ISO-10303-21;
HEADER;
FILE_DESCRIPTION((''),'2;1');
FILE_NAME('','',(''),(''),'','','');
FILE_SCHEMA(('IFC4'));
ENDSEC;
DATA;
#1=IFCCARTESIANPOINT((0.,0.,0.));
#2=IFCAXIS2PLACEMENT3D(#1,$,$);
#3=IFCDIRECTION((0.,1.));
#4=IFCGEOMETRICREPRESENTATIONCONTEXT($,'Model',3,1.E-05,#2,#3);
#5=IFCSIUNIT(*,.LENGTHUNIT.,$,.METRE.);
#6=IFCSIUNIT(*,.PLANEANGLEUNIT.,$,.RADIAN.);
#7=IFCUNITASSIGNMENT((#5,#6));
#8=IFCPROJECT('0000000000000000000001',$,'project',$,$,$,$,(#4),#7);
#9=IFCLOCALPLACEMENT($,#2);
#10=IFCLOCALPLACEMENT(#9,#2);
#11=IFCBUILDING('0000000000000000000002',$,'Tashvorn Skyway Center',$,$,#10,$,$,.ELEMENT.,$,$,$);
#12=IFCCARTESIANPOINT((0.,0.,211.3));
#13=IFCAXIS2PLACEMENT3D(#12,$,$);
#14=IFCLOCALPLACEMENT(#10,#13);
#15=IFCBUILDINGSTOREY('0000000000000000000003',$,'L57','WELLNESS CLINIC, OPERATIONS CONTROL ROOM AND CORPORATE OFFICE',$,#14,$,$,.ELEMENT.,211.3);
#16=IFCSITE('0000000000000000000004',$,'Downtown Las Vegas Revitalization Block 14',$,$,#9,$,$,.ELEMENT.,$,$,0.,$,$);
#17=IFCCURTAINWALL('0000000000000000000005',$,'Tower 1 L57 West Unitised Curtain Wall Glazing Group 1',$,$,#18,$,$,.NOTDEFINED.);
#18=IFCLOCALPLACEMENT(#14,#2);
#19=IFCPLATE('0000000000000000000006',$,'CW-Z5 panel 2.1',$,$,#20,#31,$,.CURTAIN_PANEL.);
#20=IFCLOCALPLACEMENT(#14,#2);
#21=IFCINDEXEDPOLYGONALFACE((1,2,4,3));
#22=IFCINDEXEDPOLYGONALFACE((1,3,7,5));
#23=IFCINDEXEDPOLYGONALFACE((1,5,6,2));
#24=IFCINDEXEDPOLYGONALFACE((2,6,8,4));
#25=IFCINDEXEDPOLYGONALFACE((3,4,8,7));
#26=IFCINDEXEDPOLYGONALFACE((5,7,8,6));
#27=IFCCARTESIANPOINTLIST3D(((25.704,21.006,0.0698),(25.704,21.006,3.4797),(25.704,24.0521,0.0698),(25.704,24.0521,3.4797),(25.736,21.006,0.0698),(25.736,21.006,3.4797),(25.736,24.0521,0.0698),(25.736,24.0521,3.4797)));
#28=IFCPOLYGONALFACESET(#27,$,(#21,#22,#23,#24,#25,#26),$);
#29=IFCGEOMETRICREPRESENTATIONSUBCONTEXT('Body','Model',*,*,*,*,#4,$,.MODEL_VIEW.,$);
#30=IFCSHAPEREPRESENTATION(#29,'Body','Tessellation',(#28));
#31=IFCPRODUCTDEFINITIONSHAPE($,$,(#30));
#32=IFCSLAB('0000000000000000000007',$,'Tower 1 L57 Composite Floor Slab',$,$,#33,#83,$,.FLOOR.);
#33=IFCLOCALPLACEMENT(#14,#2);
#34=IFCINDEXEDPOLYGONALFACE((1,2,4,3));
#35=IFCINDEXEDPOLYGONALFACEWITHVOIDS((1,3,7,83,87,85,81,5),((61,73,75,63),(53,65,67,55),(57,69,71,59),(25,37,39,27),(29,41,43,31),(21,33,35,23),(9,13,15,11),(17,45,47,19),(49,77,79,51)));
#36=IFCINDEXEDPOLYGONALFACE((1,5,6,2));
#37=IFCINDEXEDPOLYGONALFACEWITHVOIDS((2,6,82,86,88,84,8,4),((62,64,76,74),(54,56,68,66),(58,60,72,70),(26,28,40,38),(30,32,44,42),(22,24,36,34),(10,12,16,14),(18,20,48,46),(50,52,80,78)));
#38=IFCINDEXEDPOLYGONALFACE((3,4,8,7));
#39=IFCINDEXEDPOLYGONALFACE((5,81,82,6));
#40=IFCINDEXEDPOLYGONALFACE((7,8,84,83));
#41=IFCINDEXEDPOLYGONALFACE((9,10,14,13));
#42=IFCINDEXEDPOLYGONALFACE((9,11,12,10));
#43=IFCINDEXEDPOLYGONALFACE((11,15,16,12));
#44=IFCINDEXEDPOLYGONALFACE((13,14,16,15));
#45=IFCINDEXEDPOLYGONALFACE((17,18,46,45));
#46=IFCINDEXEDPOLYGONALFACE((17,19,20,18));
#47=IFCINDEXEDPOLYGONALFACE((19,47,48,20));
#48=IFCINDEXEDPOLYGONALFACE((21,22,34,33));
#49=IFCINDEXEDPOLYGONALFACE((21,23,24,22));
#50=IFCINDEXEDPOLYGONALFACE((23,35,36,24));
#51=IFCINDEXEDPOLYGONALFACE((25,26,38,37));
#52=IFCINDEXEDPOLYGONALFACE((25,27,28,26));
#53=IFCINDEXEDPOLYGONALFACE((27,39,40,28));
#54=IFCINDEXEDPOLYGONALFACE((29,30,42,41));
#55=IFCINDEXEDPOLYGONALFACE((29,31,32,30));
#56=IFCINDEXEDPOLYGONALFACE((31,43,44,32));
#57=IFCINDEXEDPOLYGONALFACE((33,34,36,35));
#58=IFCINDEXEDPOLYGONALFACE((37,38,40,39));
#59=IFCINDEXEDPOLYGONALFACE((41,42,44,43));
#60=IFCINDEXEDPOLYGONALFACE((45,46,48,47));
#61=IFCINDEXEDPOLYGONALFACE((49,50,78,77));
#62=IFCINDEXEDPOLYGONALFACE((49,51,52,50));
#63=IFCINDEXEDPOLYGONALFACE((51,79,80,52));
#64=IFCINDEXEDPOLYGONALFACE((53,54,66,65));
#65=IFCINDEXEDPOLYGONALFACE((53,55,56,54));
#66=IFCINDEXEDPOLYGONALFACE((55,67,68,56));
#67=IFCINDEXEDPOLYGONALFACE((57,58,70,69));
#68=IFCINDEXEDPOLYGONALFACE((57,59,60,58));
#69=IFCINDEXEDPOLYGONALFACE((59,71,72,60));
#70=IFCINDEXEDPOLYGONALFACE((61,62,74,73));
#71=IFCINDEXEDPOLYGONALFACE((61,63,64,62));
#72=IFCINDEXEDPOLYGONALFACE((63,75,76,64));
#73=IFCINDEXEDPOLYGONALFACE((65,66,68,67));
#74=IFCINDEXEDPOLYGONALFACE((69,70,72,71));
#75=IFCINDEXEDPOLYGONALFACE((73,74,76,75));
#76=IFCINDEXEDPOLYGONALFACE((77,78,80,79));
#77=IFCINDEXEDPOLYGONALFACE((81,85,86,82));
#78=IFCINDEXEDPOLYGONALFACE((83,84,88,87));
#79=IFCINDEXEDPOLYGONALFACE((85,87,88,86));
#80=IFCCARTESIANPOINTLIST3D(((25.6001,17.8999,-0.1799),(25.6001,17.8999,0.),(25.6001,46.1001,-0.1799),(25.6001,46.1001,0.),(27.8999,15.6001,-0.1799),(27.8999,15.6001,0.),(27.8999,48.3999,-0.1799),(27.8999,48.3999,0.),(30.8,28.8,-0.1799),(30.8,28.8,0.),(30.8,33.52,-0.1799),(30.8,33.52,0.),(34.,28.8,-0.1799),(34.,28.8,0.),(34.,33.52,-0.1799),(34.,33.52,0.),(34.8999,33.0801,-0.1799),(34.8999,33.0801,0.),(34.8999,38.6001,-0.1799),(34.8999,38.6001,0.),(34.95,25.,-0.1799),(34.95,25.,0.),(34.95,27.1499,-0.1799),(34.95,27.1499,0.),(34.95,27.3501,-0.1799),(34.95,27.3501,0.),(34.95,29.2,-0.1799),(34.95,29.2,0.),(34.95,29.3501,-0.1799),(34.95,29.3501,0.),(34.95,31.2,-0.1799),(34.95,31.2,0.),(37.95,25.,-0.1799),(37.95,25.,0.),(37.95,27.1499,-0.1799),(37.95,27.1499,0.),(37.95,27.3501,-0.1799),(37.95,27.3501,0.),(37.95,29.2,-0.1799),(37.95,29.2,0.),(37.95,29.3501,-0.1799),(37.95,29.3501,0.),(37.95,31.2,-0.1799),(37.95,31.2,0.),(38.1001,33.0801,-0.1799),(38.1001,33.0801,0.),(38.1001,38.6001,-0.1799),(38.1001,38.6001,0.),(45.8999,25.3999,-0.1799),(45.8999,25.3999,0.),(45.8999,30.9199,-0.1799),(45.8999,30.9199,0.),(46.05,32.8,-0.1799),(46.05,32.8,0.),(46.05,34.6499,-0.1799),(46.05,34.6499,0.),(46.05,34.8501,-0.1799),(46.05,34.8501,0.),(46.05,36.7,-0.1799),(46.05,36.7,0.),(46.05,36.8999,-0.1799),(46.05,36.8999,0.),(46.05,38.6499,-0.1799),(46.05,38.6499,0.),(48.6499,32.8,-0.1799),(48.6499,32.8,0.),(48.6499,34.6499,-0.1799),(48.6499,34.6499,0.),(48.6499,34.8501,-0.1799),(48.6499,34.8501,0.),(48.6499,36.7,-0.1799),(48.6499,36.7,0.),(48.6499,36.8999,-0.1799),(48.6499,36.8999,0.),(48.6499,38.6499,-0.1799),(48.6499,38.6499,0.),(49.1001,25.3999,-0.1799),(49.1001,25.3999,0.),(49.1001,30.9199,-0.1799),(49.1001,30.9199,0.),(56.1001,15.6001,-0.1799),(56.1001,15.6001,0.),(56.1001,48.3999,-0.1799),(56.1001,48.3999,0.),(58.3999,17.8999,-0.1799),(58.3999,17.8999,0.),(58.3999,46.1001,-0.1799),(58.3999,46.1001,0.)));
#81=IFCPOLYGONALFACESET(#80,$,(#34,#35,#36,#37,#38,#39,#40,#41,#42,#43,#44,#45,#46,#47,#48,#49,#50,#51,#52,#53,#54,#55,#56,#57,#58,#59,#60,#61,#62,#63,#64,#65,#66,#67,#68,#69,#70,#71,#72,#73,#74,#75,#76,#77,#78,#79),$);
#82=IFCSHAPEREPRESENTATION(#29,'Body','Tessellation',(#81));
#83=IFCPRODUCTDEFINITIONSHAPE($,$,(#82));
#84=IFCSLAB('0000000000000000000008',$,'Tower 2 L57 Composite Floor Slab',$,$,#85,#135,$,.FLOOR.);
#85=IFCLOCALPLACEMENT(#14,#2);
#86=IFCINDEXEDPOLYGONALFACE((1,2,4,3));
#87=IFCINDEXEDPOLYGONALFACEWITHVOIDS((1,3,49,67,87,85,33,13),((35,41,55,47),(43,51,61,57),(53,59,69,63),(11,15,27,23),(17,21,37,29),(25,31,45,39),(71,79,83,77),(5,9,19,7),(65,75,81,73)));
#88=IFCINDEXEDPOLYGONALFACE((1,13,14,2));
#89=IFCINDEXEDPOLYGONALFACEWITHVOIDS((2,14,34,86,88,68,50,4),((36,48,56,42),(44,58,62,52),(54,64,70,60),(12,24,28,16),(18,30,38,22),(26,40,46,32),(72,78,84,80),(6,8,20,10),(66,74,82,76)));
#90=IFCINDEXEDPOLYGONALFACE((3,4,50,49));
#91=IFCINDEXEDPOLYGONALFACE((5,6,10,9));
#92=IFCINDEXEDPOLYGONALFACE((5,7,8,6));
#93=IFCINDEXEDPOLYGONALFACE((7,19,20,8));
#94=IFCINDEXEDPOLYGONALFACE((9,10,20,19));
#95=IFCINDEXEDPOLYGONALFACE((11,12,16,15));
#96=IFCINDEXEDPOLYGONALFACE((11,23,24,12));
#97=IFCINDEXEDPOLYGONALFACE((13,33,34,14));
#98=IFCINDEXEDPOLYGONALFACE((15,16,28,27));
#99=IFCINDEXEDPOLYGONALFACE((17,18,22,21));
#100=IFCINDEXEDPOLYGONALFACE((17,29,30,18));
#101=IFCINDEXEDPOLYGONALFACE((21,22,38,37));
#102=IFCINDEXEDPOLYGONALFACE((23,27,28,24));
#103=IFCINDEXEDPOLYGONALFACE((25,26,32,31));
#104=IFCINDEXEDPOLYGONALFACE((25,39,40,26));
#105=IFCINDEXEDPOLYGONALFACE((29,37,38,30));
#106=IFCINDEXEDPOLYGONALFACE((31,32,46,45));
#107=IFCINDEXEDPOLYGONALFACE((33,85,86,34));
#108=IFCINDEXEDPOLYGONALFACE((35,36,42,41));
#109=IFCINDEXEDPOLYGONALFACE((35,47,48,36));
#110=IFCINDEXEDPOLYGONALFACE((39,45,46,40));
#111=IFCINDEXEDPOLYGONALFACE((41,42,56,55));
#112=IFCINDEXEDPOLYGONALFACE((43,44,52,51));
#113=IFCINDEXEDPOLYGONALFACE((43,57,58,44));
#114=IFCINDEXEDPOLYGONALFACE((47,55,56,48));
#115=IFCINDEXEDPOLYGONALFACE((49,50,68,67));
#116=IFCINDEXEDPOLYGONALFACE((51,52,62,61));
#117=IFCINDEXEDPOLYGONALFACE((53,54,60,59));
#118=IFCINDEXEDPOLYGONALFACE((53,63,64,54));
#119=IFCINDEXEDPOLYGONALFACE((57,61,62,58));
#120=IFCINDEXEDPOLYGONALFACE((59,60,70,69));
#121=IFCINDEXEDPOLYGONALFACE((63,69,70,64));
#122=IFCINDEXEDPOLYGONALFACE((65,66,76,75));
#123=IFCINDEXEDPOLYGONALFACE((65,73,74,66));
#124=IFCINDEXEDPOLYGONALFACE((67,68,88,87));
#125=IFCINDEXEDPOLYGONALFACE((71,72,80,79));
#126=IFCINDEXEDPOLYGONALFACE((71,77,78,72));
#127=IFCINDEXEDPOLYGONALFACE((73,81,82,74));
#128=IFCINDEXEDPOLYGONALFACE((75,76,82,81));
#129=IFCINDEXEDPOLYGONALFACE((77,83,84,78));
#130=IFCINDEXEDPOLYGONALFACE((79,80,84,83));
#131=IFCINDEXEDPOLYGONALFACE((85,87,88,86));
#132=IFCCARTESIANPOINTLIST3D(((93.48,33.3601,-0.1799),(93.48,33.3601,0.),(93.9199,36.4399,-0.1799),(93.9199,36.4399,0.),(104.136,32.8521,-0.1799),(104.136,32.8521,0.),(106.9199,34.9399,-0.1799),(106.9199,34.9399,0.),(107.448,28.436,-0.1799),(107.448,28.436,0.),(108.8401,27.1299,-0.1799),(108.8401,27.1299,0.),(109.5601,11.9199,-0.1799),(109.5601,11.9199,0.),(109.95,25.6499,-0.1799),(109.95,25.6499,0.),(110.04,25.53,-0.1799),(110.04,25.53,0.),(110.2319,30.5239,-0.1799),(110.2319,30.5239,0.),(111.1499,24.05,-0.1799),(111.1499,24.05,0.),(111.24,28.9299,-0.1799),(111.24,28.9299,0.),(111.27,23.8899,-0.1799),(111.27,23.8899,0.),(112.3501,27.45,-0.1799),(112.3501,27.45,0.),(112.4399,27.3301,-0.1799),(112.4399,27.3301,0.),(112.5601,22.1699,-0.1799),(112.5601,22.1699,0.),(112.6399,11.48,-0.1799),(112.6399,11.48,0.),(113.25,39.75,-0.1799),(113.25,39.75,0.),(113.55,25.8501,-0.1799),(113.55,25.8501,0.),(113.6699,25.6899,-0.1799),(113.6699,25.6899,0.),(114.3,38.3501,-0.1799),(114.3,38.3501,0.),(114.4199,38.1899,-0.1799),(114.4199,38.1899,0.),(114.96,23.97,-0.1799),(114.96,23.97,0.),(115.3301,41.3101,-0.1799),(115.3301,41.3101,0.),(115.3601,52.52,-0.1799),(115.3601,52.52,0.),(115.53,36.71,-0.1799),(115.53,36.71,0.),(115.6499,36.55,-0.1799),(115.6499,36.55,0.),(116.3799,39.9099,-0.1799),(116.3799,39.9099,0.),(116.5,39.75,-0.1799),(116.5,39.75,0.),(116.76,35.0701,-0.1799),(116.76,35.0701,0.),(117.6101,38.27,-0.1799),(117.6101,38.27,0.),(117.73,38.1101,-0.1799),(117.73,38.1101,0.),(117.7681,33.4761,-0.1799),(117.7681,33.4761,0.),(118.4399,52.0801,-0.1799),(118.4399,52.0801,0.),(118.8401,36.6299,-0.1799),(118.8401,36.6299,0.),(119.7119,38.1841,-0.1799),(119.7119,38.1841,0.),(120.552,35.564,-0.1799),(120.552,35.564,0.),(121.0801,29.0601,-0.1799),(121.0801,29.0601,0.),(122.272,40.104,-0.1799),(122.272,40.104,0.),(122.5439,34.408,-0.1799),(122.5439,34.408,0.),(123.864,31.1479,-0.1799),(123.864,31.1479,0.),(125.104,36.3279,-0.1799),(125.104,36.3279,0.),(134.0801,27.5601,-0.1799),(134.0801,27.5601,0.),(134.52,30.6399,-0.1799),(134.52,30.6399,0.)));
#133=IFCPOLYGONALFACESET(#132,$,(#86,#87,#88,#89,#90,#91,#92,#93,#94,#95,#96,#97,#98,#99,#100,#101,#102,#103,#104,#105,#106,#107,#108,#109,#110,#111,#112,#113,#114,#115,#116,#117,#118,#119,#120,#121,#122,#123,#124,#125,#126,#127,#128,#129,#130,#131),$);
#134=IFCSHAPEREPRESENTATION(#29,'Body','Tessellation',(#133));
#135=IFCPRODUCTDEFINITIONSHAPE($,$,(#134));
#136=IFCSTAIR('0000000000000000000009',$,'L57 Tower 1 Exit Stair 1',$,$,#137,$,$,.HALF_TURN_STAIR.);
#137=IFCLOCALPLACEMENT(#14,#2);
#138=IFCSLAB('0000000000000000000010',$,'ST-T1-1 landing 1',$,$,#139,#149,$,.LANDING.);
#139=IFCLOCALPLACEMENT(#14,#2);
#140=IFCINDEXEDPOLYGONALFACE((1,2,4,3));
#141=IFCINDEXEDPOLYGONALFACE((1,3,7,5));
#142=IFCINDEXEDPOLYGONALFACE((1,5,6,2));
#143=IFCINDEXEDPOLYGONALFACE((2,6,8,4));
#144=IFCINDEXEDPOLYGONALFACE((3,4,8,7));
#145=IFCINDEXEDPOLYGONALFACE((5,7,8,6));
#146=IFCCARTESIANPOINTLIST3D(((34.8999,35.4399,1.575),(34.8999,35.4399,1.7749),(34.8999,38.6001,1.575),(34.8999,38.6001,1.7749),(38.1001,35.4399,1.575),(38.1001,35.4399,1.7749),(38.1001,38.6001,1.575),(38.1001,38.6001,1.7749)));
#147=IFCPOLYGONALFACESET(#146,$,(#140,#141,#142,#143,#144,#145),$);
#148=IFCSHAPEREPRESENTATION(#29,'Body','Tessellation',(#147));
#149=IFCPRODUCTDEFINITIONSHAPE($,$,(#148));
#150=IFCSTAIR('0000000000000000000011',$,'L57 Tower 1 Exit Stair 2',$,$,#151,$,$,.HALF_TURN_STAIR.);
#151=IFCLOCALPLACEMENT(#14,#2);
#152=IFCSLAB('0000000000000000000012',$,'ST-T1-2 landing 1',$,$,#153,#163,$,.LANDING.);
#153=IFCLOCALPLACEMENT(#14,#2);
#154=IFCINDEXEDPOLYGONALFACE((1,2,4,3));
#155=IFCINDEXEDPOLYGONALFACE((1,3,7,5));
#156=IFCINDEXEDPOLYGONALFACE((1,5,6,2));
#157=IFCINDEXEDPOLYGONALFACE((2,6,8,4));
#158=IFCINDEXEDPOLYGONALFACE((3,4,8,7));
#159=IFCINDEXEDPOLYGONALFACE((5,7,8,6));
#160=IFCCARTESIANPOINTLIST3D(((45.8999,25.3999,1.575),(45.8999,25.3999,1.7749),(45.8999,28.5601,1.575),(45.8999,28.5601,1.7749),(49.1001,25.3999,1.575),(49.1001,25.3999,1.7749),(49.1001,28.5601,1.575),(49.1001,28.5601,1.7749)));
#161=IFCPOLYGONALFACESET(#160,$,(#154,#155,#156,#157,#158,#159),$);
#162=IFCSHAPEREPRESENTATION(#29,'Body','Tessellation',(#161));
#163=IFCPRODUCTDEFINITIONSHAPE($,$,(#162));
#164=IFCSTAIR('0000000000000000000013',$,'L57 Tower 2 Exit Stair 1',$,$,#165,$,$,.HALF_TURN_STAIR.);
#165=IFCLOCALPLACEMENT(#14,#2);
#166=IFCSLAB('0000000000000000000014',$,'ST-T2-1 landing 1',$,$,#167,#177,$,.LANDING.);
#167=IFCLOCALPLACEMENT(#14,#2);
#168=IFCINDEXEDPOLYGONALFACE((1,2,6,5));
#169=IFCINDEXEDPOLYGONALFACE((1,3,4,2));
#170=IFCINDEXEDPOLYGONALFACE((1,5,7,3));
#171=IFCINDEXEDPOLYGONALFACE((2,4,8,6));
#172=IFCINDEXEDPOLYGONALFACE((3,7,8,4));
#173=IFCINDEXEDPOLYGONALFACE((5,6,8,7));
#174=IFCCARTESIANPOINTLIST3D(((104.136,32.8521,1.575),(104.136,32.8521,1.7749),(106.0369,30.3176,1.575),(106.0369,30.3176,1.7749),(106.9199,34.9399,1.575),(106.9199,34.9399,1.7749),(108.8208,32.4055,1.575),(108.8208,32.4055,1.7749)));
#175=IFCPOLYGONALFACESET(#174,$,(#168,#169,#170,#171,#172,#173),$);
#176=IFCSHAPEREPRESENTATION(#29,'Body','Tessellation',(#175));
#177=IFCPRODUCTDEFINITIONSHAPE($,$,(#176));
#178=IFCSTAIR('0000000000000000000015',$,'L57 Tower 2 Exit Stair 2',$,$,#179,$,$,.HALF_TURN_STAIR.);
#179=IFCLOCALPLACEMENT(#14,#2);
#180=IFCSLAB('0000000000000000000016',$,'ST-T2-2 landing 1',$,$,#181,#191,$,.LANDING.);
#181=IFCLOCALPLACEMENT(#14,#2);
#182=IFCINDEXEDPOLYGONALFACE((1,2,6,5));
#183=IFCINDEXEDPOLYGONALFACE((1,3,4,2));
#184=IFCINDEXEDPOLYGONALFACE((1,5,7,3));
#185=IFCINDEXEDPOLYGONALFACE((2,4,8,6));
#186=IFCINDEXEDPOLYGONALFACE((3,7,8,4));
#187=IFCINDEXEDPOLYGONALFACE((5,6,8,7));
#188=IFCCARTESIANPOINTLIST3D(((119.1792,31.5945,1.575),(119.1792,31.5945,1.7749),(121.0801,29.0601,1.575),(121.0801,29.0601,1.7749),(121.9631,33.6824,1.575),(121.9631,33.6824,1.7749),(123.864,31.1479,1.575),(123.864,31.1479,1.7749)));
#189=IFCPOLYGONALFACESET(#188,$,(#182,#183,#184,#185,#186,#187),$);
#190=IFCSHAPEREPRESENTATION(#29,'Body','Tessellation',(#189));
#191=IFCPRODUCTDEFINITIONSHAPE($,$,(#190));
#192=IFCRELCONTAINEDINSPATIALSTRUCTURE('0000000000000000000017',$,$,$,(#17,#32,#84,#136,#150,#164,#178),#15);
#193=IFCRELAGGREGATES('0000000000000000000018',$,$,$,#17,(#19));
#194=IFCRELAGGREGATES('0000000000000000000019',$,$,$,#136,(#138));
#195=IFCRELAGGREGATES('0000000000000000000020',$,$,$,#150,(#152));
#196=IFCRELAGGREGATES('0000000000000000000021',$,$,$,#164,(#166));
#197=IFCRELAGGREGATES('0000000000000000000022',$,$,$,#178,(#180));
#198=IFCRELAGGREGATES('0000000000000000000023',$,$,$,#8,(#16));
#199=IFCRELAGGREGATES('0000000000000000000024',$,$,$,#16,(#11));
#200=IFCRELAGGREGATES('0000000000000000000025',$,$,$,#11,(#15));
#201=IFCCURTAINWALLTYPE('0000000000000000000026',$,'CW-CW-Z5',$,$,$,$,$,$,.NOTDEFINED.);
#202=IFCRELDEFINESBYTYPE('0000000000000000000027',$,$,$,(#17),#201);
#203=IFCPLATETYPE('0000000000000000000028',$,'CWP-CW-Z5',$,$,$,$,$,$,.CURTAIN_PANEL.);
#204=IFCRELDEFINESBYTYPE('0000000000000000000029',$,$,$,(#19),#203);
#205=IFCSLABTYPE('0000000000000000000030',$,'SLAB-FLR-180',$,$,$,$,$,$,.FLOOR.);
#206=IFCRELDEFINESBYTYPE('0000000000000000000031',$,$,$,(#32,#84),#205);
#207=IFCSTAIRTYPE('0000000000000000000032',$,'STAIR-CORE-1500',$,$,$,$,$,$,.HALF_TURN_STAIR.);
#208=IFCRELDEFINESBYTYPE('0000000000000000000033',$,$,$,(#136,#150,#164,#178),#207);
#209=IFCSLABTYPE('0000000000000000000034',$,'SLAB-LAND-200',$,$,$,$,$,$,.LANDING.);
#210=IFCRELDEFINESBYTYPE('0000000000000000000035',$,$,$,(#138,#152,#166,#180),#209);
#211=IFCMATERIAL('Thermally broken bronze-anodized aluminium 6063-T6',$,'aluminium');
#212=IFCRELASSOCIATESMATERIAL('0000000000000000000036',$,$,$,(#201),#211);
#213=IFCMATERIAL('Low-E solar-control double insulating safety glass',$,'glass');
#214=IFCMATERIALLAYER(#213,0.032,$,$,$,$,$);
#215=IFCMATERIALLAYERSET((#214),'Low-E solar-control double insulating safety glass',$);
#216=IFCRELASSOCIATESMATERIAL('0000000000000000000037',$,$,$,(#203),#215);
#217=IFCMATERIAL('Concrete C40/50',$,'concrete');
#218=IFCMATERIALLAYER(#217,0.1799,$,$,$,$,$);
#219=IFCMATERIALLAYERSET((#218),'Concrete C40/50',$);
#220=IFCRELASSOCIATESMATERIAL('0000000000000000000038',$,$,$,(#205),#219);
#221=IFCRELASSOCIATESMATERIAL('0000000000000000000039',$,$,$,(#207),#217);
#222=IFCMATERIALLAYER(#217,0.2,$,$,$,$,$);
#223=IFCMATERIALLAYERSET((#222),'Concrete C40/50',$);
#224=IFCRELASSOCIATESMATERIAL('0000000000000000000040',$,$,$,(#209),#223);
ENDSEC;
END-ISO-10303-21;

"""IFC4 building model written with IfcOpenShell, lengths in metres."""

from ifc_helpers import new_model, si_unit, direction, frame, origin, origin_2d, place, context, subcontext, project, spatial, polyline, rectangle, outline, extrude, material, layer, layer_set, type_object, element, aggregate, save


model = new_model("IFC4")

# Units and contexts
model_context = context("Model", 3, precision=1e-05, world=origin(), true_north=direction((0.0, 1.0)))
body_context = subcontext(model_context, "Body", "Model", "MODEL_VIEW")
ifc_project = project(units=[si_unit("LENGTHUNIT", "METRE"), si_unit("PLANEANGLEUNIT", "RADIAN")], contexts=[model_context])

# Site, building, storey
site_placement = place(None, origin())
site = spatial("IfcSite", under=ifc_project, at=site_placement, Name="Downtown Las Vegas Revitalization Block 14", CompositionType="ELEMENT", RefElevation=0.0)
building_placement = place(site_placement, origin())
building = spatial("IfcBuilding", under=site, at=building_placement, Name="Tashvorn Skyway Center", CompositionType="ELEMENT")
storey_placement = place(building_placement, frame((0.0, 0.0, 211.3)))
storey = spatial("IfcBuildingStorey", under=building, at=storey_placement, Name="L57", Description="WELLNESS CLINIC, OPERATIONS CONTROL ROOM AND CORPORATE OFFICE", CompositionType="ELEMENT", Elevation=211.3)

# Curtain wall
ifc_material_1 = material(Name="Thermally broken bronze-anodized aluminium 6063-T6", Category="aluminium")
curtain_wall_type = type_object("IfcCurtainWallType", Name="CW-CW-Z5", PredefinedType="NOTDEFINED", material=ifc_material_1)
curtain_wall_1_placement = place(storey_placement, origin())
curtain_wall_1 = element("IfcCurtainWall", 1, at=curtain_wall_1_placement, inside=storey, type_object=curtain_wall_type, Name="Tower 1 L57 West Unitised Curtain Wall Glazing Group 1", PredefinedType="NOTDEFINED")

# Plate
ifc_material_2 = material(Name="Low-E solar-control double insulating safety glass", Category="glass")
ifc_layer_1 = layer(ifc_material_2, 0.032)
ifc_layer_set_1 = layer_set([ifc_layer_1], Name="Low-E solar-control double insulating safety glass")
plate_type = type_object("IfcPlateType", Name="CWP-CW-Z5", PredefinedType="CURTAIN_PANEL", material=ifc_layer_set_1)
plate_1_placement = place(storey_placement, frame((25.72, 22.5291, 0.0698), z_axis=(0.0, 0.0, 1.0), x_axis=(0.0, 1.0, 0.0)))
plate_1 = element("IfcPlate", 2, at=plate_1_placement, type_object=plate_type, Name="CW-Z5 panel 2.1", PredefinedType="CURTAIN_PANEL", context=body_context, shape_type="SweptSolid", body=[
    extrude(rectangle(XDim=3.0461, YDim=0.032, at=origin_2d()), origin(), (0.0, 0.0, 1.0), 3.4099),
])
aggregate(curtain_wall_1, [plate_1])

# Slabs
ifc_material_3 = material(Name="Concrete C40/50", Category="concrete")
ifc_layer_2 = layer(ifc_material_3, 0.1799)
ifc_layer_set_2 = layer_set([ifc_layer_2], Name="Concrete C40/50")
slab_type_1 = type_object("IfcSlabType", Name="SLAB-FLR-180", PredefinedType="FLOOR", material=ifc_layer_set_2)
slab_1_placement = place(storey_placement, frame((0.0, 0.0, -0.1799)))
element("IfcSlab", 3, at=slab_1_placement, inside=storey, type_object=slab_type_1, Name="Tower 1 L57 Composite Floor Slab", PredefinedType="FLOOR", context=body_context, shape_type="SweptSolid", body=[
    extrude(outline(polyline([(27.8999, 15.6001), (56.1001, 15.6001), (58.3999, 17.8999), (58.3999, 46.1001), (56.1001, 48.3999), (27.8999, 48.3999), (25.6001, 46.1001), (25.6001, 17.8999), (27.8999, 15.6001)]), holes=[polyline([(38.1001, 33.0801), (38.1001, 38.6001), (34.8999, 38.6001), (34.8999, 33.0801), (38.1001, 33.0801)]), polyline([(45.8999, 30.9199), (45.8999, 25.3999), (49.1001, 25.3999), (49.1001, 30.9199), (45.8999, 30.9199)]), polyline([(30.8, 33.52), (30.8, 28.8), (34.0, 28.8), (34.0, 33.52), (30.8, 33.52)]), polyline([(34.95, 29.3501), (37.95, 29.3501), (37.95, 31.2), (34.95, 31.2), (34.95, 29.3501)]), polyline([(34.95, 27.3501), (37.95, 27.3501), (37.95, 29.2), (34.95, 29.2), (34.95, 27.3501)]), polyline([(34.95, 25.0), (37.95, 25.0), (37.95, 27.1499), (34.95, 27.1499), (34.95, 25.0)]), polyline([(46.05, 32.8), (48.6499, 32.8), (48.6499, 34.6499), (46.05, 34.6499), (46.05, 32.8)]), polyline([(46.05, 34.8501), (48.6499, 34.8501), (48.6499, 36.7), (46.05, 36.7), (46.05, 34.8501)]), polyline([(46.05, 36.8999), (48.6499, 36.8999), (48.6499, 38.6499), (46.05, 38.6499), (46.05, 36.8999)])]), origin(), (0.0, 0.0, 1.0), 0.1799),
])
slab_2_placement = place(storey_placement, frame((0.0, 0.0, -0.1799)))
element("IfcSlab", 4, at=slab_2_placement, inside=storey, type_object=slab_type_1, Name="Tower 2 L57 Composite Floor Slab", PredefinedType="FLOOR", context=body_context, shape_type="SweptSolid", body=[
    extrude(outline(polyline([(112.6399, 11.48), (134.0801, 27.5601), (134.52, 30.6399), (118.4399, 52.0801), (115.3601, 52.52), (93.9199, 36.4399), (93.48, 33.3601), (109.5601, 11.9199), (112.6399, 11.48)]), holes=[polyline([(110.2319, 30.5239), (106.9199, 34.9399), (104.136, 32.8521), (107.448, 28.436), (110.2319, 30.5239)]), polyline([(117.7681, 33.4761), (121.0801, 29.0601), (123.864, 31.1479), (120.552, 35.564), (117.7681, 33.4761)]), polyline([(119.7119, 38.1841), (122.5439, 34.408), (125.104, 36.3279), (122.272, 40.104), (119.7119, 38.1841)]), polyline([(109.95, 25.6499), (112.3501, 27.45), (111.24, 28.9299), (108.8401, 27.1299), (109.95, 25.6499)]), polyline([(111.1499, 24.05), (113.55, 25.8501), (112.4399, 27.3301), (110.04, 25.53), (111.1499, 24.05)]), polyline([(112.5601, 22.1699), (114.96, 23.97), (113.6699, 25.6899), (111.27, 23.8899), (112.5601, 22.1699)]), polyline([(116.76, 35.0701), (118.8401, 36.6299), (117.73, 38.1101), (115.6499, 36.55), (116.76, 35.0701)]), polyline([(115.53, 36.71), (117.6101, 38.27), (116.5, 39.75), (114.4199, 38.1899), (115.53, 36.71)]), polyline([(114.3, 38.3501), (116.3799, 39.9099), (115.3301, 41.3101), (113.25, 39.75), (114.3, 38.3501)])]), origin(), (0.0, 0.0, 1.0), 0.1799),
])

# Stairs, slabs
stair_type = type_object("IfcStairType", Name="STAIR-CORE-1500", PredefinedType="HALF_TURN_STAIR", material=ifc_material_3)
stair_1_placement = place(storey_placement, origin())
stair_1 = element("IfcStair", 5, at=stair_1_placement, inside=storey, type_object=stair_type, Name="L57 Tower 1 Exit Stair 1", PredefinedType="HALF_TURN_STAIR")
ifc_layer_3 = layer(ifc_material_3, 0.2)
ifc_layer_set_3 = layer_set([ifc_layer_3], Name="Concrete C40/50")
slab_type_2 = type_object("IfcSlabType", Name="SLAB-LAND-200", PredefinedType="LANDING", material=ifc_layer_set_3)
slab_3_placement = place(storey_placement, frame((0.0, 0.0, 1.575)))
slab_3 = element("IfcSlab", 6, at=slab_3_placement, type_object=slab_type_2, Name="ST-T1-1 landing 1", PredefinedType="LANDING", context=body_context, shape_type="SweptSolid", body=[
    extrude(outline(polyline([(38.1001, 35.4399), (38.1001, 38.6001), (34.8999, 38.6001), (34.8999, 35.4399), (38.1001, 35.4399)])), origin(), (0.0, 0.0, 1.0), 0.2),
])
aggregate(stair_1, [slab_3])
stair_2_placement = place(storey_placement, origin())
stair_2 = element("IfcStair", 7, at=stair_2_placement, inside=storey, type_object=stair_type, Name="L57 Tower 1 Exit Stair 2", PredefinedType="HALF_TURN_STAIR")
slab_4_placement = place(storey_placement, frame((0.0, 0.0, 1.575)))
slab_4 = element("IfcSlab", 8, at=slab_4_placement, type_object=slab_type_2, Name="ST-T1-2 landing 1", PredefinedType="LANDING", context=body_context, shape_type="SweptSolid", body=[
    extrude(outline(polyline([(45.8999, 28.5601), (45.8999, 25.3999), (49.1001, 25.3999), (49.1001, 28.5601), (45.8999, 28.5601)])), origin(), (0.0, 0.0, 1.0), 0.2),
])
aggregate(stair_2, [slab_4])
stair_3_placement = place(storey_placement, origin())
stair_3 = element("IfcStair", 9, at=stair_3_placement, inside=storey, type_object=stair_type, Name="L57 Tower 2 Exit Stair 1", PredefinedType="HALF_TURN_STAIR")
slab_5_placement = place(storey_placement, frame((0.0, 0.0, 1.575)))
slab_5 = element("IfcSlab", 10, at=slab_5_placement, type_object=slab_type_2, Name="ST-T2-1 landing 1", PredefinedType="LANDING", context=body_context, shape_type="SweptSolid", body=[
    extrude(outline(polyline([(108.8208, 32.4055), (106.9199, 34.9399), (104.136, 32.8521), (106.0369, 30.3176), (108.8208, 32.4055)])), origin(), (0.0, 0.0, 1.0), 0.2),
])
aggregate(stair_3, [slab_5])
stair_4_placement = place(storey_placement, origin())
stair_4 = element("IfcStair", 11, at=stair_4_placement, inside=storey, type_object=stair_type, Name="L57 Tower 2 Exit Stair 2", PredefinedType="HALF_TURN_STAIR")
slab_6_placement = place(storey_placement, frame((0.0, 0.0, 1.575)))
slab_6 = element("IfcSlab", 12, at=slab_6_placement, type_object=slab_type_2, Name="ST-T2-2 landing 1", PredefinedType="LANDING", context=body_context, shape_type="SweptSolid", body=[
    extrude(outline(polyline([(119.1792, 31.5945), (121.0801, 29.0601), (123.864, 31.1479), (121.9631, 33.6824), (119.1792, 31.5945)])), origin(), (0.0, 0.0, 1.0), 0.2),
])
aggregate(stair_4, [slab_6])

save(model, "model.ifc")
